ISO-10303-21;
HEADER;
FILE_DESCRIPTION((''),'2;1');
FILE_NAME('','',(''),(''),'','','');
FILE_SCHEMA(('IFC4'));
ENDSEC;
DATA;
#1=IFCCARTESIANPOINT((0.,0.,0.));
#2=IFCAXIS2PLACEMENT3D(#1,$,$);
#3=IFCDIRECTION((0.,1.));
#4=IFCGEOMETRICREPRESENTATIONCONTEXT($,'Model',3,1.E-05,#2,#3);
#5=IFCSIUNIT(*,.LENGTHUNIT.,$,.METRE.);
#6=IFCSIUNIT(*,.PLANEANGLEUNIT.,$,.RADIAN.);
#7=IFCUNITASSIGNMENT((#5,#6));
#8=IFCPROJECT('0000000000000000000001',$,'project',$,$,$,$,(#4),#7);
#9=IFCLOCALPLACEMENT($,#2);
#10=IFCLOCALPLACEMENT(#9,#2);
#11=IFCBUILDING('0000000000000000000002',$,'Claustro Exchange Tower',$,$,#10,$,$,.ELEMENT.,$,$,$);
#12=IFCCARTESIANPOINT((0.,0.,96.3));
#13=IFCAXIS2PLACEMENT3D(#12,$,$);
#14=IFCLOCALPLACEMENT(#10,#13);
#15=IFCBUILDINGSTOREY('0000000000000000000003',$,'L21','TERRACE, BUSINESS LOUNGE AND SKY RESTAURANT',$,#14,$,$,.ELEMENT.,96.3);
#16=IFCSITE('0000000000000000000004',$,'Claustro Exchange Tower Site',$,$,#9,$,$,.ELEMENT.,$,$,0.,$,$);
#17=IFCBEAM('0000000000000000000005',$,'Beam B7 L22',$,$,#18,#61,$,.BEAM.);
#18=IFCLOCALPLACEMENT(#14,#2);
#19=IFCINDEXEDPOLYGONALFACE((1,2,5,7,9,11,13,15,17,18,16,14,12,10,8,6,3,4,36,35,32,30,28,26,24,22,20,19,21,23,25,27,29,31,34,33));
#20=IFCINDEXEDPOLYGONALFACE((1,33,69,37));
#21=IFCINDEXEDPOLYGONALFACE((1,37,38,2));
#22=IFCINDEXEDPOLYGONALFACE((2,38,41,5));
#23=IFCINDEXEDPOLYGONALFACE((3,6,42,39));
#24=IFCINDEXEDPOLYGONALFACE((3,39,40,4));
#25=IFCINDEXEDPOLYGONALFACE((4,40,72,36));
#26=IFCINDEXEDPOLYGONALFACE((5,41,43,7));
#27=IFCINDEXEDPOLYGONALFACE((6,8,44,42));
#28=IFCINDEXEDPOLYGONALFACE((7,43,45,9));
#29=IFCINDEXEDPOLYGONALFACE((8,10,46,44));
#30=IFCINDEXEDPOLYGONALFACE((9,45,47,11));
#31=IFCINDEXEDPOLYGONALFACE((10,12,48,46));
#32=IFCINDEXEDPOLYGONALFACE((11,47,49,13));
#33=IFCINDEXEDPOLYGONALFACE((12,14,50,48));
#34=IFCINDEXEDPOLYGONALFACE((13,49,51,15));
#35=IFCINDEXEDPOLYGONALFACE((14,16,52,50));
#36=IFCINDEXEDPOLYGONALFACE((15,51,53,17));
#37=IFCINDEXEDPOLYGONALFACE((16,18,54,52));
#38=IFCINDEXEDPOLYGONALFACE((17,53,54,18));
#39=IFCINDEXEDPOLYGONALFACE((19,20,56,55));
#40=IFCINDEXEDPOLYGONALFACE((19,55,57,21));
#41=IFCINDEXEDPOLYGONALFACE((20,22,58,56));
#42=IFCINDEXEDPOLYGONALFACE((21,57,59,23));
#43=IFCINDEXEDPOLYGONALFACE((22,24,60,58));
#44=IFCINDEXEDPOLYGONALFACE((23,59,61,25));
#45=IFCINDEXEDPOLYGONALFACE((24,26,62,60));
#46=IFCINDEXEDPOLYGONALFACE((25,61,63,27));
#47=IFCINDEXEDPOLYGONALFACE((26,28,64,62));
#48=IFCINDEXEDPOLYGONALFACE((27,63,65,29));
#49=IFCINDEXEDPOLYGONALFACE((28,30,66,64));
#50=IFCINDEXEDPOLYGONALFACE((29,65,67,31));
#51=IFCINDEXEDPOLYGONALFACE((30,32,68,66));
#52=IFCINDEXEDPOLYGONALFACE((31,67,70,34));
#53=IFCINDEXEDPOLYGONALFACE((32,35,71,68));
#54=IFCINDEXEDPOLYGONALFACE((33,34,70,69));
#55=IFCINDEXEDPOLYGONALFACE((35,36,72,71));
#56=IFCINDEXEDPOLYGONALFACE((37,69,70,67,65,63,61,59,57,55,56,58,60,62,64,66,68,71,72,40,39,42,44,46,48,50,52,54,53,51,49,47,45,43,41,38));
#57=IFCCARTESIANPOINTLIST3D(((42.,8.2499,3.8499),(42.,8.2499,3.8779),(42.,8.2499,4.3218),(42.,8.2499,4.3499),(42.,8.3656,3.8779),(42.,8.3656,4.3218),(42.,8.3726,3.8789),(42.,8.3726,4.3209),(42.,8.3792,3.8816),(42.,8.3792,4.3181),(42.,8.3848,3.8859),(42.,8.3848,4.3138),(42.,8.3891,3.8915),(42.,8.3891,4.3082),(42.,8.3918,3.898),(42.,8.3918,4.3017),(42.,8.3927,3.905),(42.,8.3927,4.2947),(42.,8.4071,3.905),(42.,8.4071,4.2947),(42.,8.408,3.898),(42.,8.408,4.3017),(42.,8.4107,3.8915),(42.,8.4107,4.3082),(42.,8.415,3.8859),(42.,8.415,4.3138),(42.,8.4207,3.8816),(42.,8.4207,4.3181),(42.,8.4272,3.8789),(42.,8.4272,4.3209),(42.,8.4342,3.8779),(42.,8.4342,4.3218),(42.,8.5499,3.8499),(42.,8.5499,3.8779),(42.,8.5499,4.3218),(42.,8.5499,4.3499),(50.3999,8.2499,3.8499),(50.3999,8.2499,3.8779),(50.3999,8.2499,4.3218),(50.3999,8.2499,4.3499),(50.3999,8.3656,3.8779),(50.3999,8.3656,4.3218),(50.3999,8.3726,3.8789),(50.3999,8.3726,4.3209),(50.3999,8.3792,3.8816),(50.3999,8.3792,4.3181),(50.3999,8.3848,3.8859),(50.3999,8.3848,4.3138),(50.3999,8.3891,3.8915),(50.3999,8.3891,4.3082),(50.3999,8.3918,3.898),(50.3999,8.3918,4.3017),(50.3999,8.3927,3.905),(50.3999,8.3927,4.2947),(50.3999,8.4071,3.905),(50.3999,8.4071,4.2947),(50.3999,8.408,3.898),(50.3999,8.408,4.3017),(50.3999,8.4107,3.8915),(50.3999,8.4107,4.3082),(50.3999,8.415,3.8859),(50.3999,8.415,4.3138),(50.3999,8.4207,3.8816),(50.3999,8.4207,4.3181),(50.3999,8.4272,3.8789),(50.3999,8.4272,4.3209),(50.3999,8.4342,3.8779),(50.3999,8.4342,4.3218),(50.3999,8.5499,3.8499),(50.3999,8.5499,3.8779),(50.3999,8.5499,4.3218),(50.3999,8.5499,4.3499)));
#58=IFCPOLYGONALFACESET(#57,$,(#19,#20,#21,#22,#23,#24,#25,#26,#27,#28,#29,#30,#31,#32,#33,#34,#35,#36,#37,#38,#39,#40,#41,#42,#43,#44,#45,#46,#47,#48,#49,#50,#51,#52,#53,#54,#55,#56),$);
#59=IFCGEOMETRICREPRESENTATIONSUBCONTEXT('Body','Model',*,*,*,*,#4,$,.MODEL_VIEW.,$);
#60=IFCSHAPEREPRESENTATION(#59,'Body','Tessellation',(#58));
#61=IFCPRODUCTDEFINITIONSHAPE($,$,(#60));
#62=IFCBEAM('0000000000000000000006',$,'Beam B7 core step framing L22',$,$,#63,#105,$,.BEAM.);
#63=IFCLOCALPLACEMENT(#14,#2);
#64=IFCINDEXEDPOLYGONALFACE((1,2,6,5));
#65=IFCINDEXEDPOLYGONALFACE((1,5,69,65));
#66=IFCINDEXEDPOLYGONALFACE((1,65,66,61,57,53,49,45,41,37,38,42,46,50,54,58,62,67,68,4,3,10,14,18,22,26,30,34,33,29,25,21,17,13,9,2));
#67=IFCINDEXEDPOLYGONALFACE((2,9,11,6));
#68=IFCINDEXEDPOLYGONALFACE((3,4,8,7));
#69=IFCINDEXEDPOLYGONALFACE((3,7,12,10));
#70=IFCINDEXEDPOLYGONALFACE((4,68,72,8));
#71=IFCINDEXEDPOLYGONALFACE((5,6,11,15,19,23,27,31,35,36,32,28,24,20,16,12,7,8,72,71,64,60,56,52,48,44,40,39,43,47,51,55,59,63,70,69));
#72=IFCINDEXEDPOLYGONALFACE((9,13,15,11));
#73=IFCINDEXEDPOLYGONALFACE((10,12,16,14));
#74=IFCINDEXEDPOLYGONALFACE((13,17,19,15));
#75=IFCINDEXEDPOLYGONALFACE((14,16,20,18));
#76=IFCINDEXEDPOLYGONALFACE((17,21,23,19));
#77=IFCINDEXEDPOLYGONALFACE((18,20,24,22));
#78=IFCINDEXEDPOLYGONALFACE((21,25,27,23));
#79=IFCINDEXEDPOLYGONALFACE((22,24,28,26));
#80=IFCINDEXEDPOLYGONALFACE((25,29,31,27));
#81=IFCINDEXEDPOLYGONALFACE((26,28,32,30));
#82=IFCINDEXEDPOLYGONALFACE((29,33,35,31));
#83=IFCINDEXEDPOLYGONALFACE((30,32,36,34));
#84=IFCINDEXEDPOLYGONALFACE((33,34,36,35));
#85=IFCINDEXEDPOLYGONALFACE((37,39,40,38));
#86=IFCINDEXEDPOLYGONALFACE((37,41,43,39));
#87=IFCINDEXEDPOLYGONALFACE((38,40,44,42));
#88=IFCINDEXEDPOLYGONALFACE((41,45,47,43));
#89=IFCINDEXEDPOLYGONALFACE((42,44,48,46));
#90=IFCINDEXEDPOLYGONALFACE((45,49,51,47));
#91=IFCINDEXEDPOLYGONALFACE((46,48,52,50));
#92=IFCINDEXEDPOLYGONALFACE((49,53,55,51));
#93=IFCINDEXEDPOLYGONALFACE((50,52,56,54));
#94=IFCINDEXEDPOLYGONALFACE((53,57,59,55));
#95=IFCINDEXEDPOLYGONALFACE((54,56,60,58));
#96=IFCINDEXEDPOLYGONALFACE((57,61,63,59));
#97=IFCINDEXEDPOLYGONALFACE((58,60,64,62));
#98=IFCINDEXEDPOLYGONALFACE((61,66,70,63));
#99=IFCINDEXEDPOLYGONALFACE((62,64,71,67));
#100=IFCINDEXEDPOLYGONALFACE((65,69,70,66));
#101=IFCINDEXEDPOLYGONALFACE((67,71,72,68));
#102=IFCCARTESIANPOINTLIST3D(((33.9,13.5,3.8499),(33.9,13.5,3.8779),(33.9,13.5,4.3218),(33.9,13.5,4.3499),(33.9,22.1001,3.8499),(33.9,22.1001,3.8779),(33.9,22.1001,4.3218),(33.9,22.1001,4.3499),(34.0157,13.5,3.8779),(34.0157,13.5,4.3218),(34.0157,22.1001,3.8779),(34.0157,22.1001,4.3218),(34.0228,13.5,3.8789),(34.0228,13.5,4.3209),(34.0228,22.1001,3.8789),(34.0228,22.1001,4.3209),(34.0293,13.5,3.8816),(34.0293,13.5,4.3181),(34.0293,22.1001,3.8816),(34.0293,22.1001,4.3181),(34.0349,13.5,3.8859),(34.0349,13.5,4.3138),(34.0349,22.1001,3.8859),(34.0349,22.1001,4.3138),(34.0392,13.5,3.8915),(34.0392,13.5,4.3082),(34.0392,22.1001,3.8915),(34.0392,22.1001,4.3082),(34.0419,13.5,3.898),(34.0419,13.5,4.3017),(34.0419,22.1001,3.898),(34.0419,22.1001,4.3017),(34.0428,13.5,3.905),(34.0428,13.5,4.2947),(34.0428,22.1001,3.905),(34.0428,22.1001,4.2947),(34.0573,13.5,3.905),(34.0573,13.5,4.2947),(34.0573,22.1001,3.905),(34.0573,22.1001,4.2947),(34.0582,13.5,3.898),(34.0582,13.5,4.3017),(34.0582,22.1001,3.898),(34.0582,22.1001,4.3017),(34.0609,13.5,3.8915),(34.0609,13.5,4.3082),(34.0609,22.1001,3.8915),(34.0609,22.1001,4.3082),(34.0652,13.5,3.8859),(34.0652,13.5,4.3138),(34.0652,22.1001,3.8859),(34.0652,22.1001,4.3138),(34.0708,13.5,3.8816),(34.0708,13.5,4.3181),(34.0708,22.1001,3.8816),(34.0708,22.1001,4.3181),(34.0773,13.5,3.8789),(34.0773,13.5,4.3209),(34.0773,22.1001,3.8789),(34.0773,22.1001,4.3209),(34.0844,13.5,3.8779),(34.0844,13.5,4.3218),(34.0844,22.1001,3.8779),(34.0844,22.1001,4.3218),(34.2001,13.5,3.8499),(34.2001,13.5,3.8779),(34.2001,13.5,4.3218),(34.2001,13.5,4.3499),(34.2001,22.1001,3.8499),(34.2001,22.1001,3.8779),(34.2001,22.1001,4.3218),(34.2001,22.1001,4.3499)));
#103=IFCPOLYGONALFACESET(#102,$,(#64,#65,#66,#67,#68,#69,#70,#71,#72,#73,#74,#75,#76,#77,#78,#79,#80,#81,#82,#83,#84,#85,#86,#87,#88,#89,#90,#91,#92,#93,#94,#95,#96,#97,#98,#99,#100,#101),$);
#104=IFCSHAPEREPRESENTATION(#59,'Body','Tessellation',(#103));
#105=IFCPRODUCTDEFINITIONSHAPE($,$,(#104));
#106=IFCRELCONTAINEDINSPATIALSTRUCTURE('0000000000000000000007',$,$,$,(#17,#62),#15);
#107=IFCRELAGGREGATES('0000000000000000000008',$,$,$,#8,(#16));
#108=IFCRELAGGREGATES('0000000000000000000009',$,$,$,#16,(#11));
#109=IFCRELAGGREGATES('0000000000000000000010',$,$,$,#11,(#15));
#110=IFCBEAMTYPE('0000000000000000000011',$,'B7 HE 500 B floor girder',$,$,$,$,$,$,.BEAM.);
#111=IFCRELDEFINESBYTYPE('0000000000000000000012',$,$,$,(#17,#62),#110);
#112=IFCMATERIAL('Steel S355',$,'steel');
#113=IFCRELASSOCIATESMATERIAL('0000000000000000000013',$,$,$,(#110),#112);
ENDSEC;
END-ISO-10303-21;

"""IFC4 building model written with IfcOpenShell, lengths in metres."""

from ifc_helpers import new_model, si_unit, direction, frame, origin, origin_2d, place, context, subcontext, project, spatial, i_section, extrude, material, material_profile, profile_set, type_object, element, save


model = new_model("IFC4")

# Units and contexts
model_context = context("Model", 3, precision=1e-05, world=origin(), true_north=direction((0.0, 1.0)))
body_context = subcontext(model_context, "Body", "Model", "MODEL_VIEW")
ifc_project = project(units=[si_unit("LENGTHUNIT", "METRE"), si_unit("PLANEANGLEUNIT", "RADIAN")], contexts=[model_context])

# Site, building, storey
site_placement = place(None, origin())
site = spatial("IfcSite", under=ifc_project, at=site_placement, Name="Claustro Exchange Tower Site", CompositionType="ELEMENT", RefElevation=0.0)
building_placement = place(site_placement, origin())
building = spatial("IfcBuilding", under=site, at=building_placement, Name="Claustro Exchange Tower", CompositionType="ELEMENT")
storey_placement = place(building_placement, frame((0.0, 0.0, 96.3)))
storey = spatial("IfcBuildingStorey", under=building, at=storey_placement, Name="L21", Description="TERRACE, BUSINESS LOUNGE AND SKY RESTAURANT", CompositionType="ELEMENT", Elevation=96.3)

# Beams
ifc_material_1 = material(Name="Steel S355", Category="steel")
ifc_material_profile_1 = material_profile(ifc_material_1, i_section(OverallWidth=0.3, OverallDepth=0.5, WebThickness=0.0144, FlangeThickness=0.0281, FilletRadius=0.0271, at=origin_2d()), Name="HE 500 B")
ifc_profile_set_1 = profile_set([ifc_material_profile_1], Name="Steel S355")
beam_type_1 = type_object("IfcBeamType", Name="B7 HE 500 B floor girder", PredefinedType="BEAM", material=ifc_profile_set_1)
beam_1_placement = place(storey_placement, frame((42.0, 8.3999, 4.0999), z_axis=(1.0, 0.0, 0.0), x_axis=(0.0, 1.0, 0.0)))
element("IfcBeam", 1, at=beam_1_placement, inside=storey, type_object=beam_type_1, Name="Beam B7 L22", PredefinedType="BEAM", context=body_context, shape_type="SweptSolid", body=[
    extrude(i_section(OverallWidth=0.3, OverallDepth=0.5, WebThickness=0.0144, FlangeThickness=0.0281, FilletRadius=0.0271, at=origin_2d()), origin(), (0.0, 0.0, 1.0), 8.3999),
])
beam_2_placement = place(storey_placement, frame((34.05, 13.5, 4.0999), z_axis=(0.0, 1.0, 0.0), x_axis=(-1.0, 0.0, 0.0)))
element("IfcBeam", 2, at=beam_2_placement, inside=storey, type_object=beam_type_1, Name="Beam B7 core step framing L22", PredefinedType="BEAM", context=body_context, shape_type="SweptSolid", body=[
    extrude(i_section(OverallWidth=0.3, OverallDepth=0.5, WebThickness=0.0144, FlangeThickness=0.0281, FilletRadius=0.0271, at=origin_2d()), origin(), (0.0, 0.0, 1.0), 8.6001),
])

save(model, "model.ifc")
